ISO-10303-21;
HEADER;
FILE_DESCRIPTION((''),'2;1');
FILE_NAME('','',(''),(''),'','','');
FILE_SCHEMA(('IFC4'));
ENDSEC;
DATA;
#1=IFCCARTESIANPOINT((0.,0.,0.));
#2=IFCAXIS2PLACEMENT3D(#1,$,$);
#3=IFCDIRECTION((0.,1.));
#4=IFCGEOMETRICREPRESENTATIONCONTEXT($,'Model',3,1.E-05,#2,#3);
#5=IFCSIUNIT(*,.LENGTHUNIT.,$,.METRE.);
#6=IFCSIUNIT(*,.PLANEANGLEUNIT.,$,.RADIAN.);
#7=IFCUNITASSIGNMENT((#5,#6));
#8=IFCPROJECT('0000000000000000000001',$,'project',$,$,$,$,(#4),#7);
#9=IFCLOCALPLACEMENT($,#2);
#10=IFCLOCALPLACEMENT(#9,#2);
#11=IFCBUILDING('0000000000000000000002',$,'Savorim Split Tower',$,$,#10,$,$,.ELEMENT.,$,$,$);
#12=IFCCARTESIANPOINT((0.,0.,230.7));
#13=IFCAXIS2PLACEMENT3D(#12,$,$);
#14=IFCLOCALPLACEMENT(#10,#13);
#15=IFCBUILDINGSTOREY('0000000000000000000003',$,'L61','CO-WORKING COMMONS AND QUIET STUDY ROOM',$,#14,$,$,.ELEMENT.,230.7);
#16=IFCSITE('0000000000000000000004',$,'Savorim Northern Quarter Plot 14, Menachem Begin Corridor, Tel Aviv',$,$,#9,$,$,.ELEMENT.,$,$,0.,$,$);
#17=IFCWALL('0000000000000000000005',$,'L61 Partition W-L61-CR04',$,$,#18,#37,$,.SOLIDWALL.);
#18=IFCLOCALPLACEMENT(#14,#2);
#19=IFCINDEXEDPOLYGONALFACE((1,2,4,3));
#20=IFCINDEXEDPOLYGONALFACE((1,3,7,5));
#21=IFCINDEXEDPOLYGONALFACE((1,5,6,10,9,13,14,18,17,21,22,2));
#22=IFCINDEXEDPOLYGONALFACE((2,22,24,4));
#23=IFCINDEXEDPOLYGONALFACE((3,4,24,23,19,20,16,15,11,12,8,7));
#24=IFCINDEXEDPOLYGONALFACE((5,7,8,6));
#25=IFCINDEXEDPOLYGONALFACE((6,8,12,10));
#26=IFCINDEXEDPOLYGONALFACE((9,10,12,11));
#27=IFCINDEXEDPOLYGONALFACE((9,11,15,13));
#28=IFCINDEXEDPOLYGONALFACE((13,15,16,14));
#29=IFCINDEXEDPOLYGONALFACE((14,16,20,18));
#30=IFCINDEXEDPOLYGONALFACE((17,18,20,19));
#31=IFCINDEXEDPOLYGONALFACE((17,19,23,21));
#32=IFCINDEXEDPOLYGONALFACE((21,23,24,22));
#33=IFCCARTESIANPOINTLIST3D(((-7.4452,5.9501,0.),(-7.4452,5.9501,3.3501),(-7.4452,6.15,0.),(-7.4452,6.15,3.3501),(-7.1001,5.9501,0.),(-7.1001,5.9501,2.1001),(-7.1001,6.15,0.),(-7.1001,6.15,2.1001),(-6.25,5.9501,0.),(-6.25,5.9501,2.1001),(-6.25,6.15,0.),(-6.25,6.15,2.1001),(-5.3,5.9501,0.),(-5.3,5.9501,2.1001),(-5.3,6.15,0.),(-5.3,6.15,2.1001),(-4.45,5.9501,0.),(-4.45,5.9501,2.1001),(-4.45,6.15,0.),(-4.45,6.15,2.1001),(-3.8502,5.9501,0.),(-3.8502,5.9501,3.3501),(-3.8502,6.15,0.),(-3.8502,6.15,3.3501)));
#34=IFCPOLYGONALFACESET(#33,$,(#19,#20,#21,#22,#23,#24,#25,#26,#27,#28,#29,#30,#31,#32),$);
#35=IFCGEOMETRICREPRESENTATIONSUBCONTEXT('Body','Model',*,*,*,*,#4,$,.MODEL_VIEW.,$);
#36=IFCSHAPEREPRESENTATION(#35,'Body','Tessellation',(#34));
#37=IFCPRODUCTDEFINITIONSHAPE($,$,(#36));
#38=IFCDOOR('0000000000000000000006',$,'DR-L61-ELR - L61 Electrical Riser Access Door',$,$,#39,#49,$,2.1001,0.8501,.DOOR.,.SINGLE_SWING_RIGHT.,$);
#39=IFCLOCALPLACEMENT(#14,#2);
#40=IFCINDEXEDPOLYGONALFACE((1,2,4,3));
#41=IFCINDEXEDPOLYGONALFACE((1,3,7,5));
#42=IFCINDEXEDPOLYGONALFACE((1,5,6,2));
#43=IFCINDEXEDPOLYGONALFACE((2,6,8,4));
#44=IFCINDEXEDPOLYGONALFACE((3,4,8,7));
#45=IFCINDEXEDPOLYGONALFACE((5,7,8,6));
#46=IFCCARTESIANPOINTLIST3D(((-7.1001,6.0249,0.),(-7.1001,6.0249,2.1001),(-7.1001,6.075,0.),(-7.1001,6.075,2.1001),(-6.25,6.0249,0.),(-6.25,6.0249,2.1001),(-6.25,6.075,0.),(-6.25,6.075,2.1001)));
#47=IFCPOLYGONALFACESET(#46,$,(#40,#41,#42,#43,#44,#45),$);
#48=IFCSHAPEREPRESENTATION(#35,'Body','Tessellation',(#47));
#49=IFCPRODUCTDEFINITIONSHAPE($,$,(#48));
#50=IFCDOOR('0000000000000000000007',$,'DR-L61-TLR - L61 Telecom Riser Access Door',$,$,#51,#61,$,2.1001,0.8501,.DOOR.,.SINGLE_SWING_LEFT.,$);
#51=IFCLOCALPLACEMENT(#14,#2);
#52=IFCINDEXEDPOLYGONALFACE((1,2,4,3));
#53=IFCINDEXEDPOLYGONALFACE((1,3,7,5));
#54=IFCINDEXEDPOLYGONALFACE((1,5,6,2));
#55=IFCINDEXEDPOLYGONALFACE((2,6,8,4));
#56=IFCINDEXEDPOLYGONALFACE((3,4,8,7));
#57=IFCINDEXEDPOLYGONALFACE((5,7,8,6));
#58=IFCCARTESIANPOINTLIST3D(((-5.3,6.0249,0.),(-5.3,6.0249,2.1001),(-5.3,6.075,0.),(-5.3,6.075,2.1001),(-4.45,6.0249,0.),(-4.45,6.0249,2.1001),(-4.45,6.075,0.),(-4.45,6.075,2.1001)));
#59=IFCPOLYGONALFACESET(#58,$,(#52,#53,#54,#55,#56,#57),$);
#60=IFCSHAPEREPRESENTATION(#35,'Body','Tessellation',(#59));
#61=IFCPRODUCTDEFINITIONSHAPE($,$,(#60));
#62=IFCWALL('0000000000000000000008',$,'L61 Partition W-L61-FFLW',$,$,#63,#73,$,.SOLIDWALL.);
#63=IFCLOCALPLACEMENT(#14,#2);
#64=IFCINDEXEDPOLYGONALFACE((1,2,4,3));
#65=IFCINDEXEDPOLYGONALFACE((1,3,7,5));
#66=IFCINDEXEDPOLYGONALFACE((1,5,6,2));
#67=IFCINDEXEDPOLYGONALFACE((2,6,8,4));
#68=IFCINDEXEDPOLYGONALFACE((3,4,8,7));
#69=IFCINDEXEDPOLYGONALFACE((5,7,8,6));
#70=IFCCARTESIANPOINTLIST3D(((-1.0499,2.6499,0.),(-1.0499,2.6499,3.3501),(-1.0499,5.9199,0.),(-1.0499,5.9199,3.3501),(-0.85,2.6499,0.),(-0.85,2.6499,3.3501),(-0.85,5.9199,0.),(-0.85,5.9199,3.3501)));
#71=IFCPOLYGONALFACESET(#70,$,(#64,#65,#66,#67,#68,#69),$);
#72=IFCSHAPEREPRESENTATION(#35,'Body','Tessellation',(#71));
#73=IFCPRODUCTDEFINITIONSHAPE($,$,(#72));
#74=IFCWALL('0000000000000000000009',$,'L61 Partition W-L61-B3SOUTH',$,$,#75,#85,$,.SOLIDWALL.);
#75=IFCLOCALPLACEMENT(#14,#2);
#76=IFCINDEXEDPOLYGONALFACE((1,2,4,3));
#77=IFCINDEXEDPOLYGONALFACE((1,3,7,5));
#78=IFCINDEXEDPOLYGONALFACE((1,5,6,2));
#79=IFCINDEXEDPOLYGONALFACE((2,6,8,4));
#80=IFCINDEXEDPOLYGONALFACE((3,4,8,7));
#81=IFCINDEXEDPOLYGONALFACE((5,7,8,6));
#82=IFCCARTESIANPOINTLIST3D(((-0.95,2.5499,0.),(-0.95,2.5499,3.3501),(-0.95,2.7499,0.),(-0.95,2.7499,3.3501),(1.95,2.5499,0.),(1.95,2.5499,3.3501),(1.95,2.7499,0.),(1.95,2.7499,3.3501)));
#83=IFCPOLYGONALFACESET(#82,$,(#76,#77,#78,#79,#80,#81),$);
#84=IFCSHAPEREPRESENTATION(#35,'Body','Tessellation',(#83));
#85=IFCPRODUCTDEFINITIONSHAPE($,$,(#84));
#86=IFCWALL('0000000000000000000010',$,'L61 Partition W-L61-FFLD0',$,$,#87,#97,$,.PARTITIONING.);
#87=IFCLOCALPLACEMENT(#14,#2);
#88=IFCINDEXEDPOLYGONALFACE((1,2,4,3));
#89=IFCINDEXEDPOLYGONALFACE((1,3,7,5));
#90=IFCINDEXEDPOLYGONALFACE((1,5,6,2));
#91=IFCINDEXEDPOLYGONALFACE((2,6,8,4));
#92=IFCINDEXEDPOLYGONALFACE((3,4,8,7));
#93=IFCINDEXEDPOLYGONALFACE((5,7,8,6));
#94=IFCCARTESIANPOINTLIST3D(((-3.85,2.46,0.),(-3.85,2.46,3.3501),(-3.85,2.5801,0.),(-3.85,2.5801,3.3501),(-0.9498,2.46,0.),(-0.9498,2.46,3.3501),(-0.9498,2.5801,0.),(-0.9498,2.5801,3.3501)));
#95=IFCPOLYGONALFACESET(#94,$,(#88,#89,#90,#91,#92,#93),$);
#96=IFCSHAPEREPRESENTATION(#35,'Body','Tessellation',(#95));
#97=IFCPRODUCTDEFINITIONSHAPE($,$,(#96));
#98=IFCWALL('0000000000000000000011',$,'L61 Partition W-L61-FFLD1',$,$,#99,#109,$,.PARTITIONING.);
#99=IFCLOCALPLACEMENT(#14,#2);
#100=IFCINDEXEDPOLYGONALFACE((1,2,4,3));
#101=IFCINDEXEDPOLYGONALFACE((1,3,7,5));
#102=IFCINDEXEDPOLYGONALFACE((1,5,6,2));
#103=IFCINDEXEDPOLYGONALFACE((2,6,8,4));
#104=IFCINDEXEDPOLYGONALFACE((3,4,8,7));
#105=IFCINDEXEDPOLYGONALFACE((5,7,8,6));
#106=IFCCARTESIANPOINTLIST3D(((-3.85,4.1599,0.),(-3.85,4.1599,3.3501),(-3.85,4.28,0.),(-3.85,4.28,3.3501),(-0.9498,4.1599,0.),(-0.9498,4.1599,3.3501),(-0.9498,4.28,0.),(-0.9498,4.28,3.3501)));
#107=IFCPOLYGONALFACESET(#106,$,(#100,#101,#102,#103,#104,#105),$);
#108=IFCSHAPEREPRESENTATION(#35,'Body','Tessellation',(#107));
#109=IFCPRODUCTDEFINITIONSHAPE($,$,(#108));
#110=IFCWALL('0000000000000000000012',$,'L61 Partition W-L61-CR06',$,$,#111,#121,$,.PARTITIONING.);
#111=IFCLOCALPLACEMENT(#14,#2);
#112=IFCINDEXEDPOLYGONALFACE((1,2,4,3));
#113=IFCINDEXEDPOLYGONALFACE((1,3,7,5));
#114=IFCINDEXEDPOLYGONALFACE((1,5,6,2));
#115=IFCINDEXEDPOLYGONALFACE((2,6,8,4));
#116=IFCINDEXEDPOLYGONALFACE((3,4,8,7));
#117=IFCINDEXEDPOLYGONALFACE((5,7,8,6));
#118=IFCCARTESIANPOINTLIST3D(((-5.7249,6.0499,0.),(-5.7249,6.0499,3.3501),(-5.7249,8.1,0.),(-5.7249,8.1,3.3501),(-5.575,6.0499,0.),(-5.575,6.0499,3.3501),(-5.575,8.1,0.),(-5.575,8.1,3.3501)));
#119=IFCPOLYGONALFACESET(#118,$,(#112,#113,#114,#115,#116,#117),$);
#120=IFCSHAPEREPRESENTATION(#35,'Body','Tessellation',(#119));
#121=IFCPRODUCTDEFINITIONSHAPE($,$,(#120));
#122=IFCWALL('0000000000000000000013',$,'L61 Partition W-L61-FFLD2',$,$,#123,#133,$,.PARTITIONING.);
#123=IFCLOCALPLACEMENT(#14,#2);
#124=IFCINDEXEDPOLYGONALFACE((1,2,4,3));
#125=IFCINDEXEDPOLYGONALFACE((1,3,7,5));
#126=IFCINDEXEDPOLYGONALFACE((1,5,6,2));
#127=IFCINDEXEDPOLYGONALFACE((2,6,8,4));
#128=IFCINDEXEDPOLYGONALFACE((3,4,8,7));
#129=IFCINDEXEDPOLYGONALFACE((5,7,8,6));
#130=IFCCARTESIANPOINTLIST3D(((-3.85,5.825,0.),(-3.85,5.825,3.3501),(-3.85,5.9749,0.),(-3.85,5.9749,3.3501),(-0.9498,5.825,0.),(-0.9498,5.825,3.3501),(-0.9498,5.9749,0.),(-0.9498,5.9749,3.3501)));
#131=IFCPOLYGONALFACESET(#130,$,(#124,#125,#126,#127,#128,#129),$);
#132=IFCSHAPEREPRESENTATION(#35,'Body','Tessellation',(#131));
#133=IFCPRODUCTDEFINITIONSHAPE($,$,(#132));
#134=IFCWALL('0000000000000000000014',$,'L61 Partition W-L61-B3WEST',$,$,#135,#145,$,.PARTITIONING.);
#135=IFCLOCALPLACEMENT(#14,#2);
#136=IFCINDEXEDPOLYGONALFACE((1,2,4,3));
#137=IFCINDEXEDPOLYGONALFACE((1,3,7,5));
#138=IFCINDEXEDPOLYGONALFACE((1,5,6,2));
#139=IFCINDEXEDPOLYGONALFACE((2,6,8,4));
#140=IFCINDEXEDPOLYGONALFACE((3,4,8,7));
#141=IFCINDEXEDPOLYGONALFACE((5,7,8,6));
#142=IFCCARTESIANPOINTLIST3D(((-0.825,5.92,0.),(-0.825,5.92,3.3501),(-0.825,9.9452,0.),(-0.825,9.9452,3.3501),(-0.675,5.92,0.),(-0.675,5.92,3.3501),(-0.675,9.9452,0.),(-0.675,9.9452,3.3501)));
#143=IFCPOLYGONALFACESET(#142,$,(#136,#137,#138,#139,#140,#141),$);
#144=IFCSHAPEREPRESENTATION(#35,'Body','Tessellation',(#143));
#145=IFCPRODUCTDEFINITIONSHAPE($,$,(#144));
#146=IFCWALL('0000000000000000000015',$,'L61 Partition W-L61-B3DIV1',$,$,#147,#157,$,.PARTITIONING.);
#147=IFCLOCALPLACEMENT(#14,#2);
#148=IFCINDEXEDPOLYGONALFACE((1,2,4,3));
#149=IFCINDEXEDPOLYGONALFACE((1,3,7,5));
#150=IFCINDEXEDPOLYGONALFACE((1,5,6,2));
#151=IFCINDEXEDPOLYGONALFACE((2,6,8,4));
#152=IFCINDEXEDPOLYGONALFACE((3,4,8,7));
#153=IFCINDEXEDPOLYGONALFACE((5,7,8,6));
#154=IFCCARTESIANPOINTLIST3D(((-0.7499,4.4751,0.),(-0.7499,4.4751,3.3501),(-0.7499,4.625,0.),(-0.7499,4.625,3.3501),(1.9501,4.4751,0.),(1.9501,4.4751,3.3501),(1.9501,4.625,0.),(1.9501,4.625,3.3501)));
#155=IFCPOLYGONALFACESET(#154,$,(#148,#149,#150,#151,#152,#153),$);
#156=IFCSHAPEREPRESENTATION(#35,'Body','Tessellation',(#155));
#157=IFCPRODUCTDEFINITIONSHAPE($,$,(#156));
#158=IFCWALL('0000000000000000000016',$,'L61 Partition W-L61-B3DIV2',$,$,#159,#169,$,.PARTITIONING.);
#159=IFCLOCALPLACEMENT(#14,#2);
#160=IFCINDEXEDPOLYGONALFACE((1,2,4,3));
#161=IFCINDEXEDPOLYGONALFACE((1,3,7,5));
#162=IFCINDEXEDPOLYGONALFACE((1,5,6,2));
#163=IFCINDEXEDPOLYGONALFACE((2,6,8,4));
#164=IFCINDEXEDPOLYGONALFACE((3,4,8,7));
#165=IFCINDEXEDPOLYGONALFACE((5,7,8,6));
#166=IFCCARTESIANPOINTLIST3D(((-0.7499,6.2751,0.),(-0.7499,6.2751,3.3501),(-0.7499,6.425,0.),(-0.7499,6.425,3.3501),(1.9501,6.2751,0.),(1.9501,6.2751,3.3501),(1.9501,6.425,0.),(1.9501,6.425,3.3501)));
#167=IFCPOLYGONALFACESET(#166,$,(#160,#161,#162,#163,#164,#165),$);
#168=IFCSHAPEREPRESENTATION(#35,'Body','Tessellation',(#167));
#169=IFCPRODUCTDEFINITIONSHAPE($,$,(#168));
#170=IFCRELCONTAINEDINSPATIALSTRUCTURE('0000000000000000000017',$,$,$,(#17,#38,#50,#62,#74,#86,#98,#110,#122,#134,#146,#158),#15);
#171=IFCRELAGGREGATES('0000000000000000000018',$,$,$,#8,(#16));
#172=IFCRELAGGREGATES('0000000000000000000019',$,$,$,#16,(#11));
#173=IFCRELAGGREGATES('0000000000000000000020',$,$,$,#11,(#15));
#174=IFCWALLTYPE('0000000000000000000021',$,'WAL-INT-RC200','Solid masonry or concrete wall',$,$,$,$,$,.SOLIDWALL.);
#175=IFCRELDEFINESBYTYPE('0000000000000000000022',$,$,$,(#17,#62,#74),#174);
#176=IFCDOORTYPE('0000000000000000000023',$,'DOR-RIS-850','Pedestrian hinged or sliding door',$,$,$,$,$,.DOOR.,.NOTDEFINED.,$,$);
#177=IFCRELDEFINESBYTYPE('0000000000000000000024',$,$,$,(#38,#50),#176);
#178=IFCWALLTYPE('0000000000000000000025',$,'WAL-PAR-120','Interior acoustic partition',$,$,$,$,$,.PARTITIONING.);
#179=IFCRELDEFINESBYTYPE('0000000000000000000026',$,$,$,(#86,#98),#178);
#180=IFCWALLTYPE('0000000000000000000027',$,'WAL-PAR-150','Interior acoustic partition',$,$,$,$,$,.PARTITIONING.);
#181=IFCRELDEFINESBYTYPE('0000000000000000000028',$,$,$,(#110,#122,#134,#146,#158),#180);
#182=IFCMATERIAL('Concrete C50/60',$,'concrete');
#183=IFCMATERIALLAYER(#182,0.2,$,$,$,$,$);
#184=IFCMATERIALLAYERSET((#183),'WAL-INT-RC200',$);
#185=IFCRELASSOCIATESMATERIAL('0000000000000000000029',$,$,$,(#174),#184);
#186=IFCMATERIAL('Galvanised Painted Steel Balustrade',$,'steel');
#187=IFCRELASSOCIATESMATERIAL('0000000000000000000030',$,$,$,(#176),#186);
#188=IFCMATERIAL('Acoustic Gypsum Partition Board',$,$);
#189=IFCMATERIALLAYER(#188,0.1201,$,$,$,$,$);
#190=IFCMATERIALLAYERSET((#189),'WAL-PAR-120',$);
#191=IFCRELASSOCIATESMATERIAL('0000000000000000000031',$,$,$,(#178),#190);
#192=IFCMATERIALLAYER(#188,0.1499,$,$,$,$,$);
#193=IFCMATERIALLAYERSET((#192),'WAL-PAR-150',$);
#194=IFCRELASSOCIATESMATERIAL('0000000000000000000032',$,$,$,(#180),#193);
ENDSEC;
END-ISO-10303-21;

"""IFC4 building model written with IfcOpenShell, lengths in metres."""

from ifc_helpers import new_model, si_unit, direction, frame, frame_2d, origin, place, context, subcontext, project, spatial, rectangle, extrude, material, layer, layer_set, type_object, element, fill, save


model = new_model("IFC4")

# Units and contexts
model_context = context("Model", 3, precision=1e-05, world=origin(), true_north=direction((0.0, 1.0)))
body_context = subcontext(model_context, "Body", "Model", "MODEL_VIEW")
ifc_project = project(units=[si_unit("LENGTHUNIT", "METRE"), si_unit("PLANEANGLEUNIT", "RADIAN")], contexts=[model_context])

# Site, building, storey
site_placement = place(None, origin())
site = spatial("IfcSite", under=ifc_project, at=site_placement, Name="Savorim Northern Quarter Plot 14, Menachem Begin Corridor, Tel Aviv", CompositionType="ELEMENT", RefElevation=0.0)
building_placement = place(site_placement, origin())
building = spatial("IfcBuilding", under=site, at=building_placement, Name="Savorim Split Tower", CompositionType="ELEMENT")
storey_placement = place(building_placement, frame((0.0, 0.0, 230.7)))
storey = spatial("IfcBuildingStorey", under=building, at=storey_placement, Name="L61", Description="CO-WORKING COMMONS AND QUIET STUDY ROOM", CompositionType="ELEMENT", Elevation=230.7)

# Shared definitions
ifc_material_1 = material(Name="Concrete C50/60", Category="concrete")
ifc_layer_1 = layer(ifc_material_1, 0.2)
ifc_layer_set_1 = layer_set([ifc_layer_1], Name="WAL-INT-RC200")
wall_type_1 = type_object("IfcWallType", Name="WAL-INT-RC200", Description="Solid masonry or concrete wall", PredefinedType="SOLIDWALL", material=ifc_layer_set_1)

# Wall, openings, doors
wall_1_placement = place(storey_placement, frame((-7.4451, 6.05, 0.0), z_axis=(0.0, 0.0, 1.0), x_axis=(1.0, 0.0, 0.0)))
wall_1 = element("IfcWall", 1, at=wall_1_placement, inside=storey, type_object=wall_type_1, Name="L61 Partition W-L61-CR04", PredefinedType="SOLIDWALL", context=body_context, shape_type="SweptSolid", body=[
    extrude(rectangle(XDim=3.595, YDim=0.2, at=frame_2d((1.7974, 0.0))), origin(), (0.0, 0.0, 1.0), 3.3501),
])
opening_1_placement = place(wall_1_placement, frame((0.345, 0.0, 0.0)))
opening_1 = element("IfcOpeningElement", 2, at=opening_1_placement, cuts=wall_1, PredefinedType="OPENING", context=body_context, shape_type="SweptSolid", body=[
    extrude(rectangle(XDim=0.8501, YDim=2.1001, at=frame_2d((0.425, 1.05))), frame((0.0, 0.1099, 0.0), z_axis=(0.0, -1.0, 0.0), x_axis=(1.0, 0.0, 0.0)), (0.0, 0.0, 1.0), 0.22),
])
opening_2_placement = place(wall_1_placement, frame((2.145, 0.0, 0.0)))
opening_2 = element("IfcOpeningElement", 3, at=opening_2_placement, cuts=wall_1, PredefinedType="OPENING", context=body_context, shape_type="SweptSolid", body=[
    extrude(rectangle(XDim=0.8501, YDim=2.1001, at=frame_2d((0.425, 1.05))), frame((0.0, 0.1099, 0.0), z_axis=(0.0, -1.0, 0.0), x_axis=(1.0, 0.0, 0.0)), (0.0, 0.0, 1.0), 0.22),
])
ifc_material_2 = material(Name="Galvanised Painted Steel Balustrade", Category="steel")
door_type_1 = type_object("IfcDoorType", Name="DOR-RIS-850", Description="Pedestrian hinged or sliding door", OperationType="NOTDEFINED", PredefinedType="DOOR", material=ifc_material_2)
door_1_placement = place(opening_1_placement, origin())
door_1 = element("IfcDoor", 4, at=door_1_placement, inside=storey, type_object=door_type_1, Name="DR-L61-ELR - L61 Electrical Riser Access Door", OperationType="SINGLE_SWING_RIGHT", OverallHeight=2.1001, OverallWidth=0.8501, PredefinedType="DOOR", context=body_context, shape_type="SweptSolid", body=[
    extrude(rectangle(XDim=0.8501, YDim=2.1001, at=frame_2d((0.425, 1.05))), frame((0.0, 0.0249, 0.0), z_axis=(0.0, -1.0, 0.0), x_axis=(1.0, 0.0, 0.0)), (0.0, 0.0, 1.0), 0.05),
])
fill(opening_1, door_1)
door_2_placement = place(opening_2_placement, origin())
door_2 = element("IfcDoor", 5, at=door_2_placement, inside=storey, type_object=door_type_1, Name="DR-L61-TLR - L61 Telecom Riser Access Door", OperationType="SINGLE_SWING_LEFT", OverallHeight=2.1001, OverallWidth=0.8501, PredefinedType="DOOR", context=body_context, shape_type="SweptSolid", body=[
    extrude(rectangle(XDim=0.8501, YDim=2.1001, at=frame_2d((0.425, 1.05))), frame((0.0, 0.0249, 0.0), z_axis=(0.0, -1.0, 0.0), x_axis=(1.0, 0.0, 0.0)), (0.0, 0.0, 1.0), 0.05),
])
fill(opening_2, door_2)

# Walls
wall_2_placement = place(storey_placement, frame((-0.95, 2.6499, 0.0), z_axis=(0.0, 0.0, 1.0), x_axis=(0.0, 1.0, 0.0)))
element("IfcWall", 6, at=wall_2_placement, inside=storey, type_object=wall_type_1, Name="L61 Partition W-L61-FFLW", PredefinedType="SOLIDWALL", context=body_context, shape_type="SweptSolid", body=[
    extrude(rectangle(XDim=3.27, YDim=0.2, at=frame_2d((1.635, 0.0))), origin(), (0.0, 0.0, 1.0), 3.3501),
])
wall_3_placement = place(storey_placement, frame((-0.95, 2.6499, 0.0), z_axis=(0.0, 0.0, 1.0), x_axis=(1.0, 0.0, 0.0)))
element("IfcWall", 7, at=wall_3_placement, inside=storey, type_object=wall_type_1, Name="L61 Partition W-L61-B3SOUTH", PredefinedType="SOLIDWALL", context=body_context, shape_type="SweptSolid", body=[
    extrude(rectangle(XDim=2.8999, YDim=0.2, at=frame_2d((1.45, 0.0))), origin(), (0.0, 0.0, 1.0), 3.3501),
])
ifc_material_3 = material(Name="Acoustic Gypsum Partition Board")
ifc_layer_2 = layer(ifc_material_3, 0.1201)
ifc_layer_set_2 = layer_set([ifc_layer_2], Name="WAL-PAR-120")
wall_type_2 = type_object("IfcWallType", Name="WAL-PAR-120", Description="Interior acoustic partition", PredefinedType="PARTITIONING", material=ifc_layer_set_2)
for number, where, z_axis, x_axis, name in (
    (8, (-3.8501, 2.52, 0.0), (0.0, 0.0, 1.0), (1.0, 0.0, 0.0), "L61 Partition W-L61-FFLD0"),
    (9, (-3.8501, 4.22, 0.0), (0.0, 0.0, 1.0), (1.0, 0.0, 0.0), "L61 Partition W-L61-FFLD1"),
):
    element("IfcWall", number, at=place(storey_placement, frame(where, z_axis=z_axis, x_axis=x_axis)), inside=storey, type_object=wall_type_2, Name=name, PredefinedType="PARTITIONING", context=body_context, shape_type="SweptSolid", body=[
        extrude(rectangle(XDim=2.9001, YDim=0.1201, at=frame_2d((1.4502, 0.0))), origin(), (0.0, 0.0, 1.0), 3.3501),
    ])
ifc_layer_3 = layer(ifc_material_3, 0.1499)
ifc_layer_set_3 = layer_set([ifc_layer_3], Name="WAL-PAR-150")
wall_type_3 = type_object("IfcWallType", Name="WAL-PAR-150", Description="Interior acoustic partition", PredefinedType="PARTITIONING", material=ifc_layer_set_3)
wall_4_placement = place(storey_placement, frame((-5.6499, 6.05, 0.0), z_axis=(0.0, 0.0, 1.0), x_axis=(0.0, 1.0, 0.0)))
element("IfcWall", 10, at=wall_4_placement, inside=storey, type_object=wall_type_3, Name="L61 Partition W-L61-CR06", PredefinedType="PARTITIONING", context=body_context, shape_type="SweptSolid", body=[
    extrude(rectangle(XDim=2.05, YDim=0.1499, at=frame_2d((1.0249, 0.0))), origin(), (0.0, 0.0, 1.0), 3.3501),
])
wall_5_placement = place(storey_placement, frame((-3.8501, 5.8999, 0.0), z_axis=(0.0, 0.0, 1.0), x_axis=(1.0, 0.0, 0.0)))
element("IfcWall", 11, at=wall_5_placement, inside=storey, type_object=wall_type_3, Name="L61 Partition W-L61-FFLD2", PredefinedType="PARTITIONING", context=body_context, shape_type="SweptSolid", body=[
    extrude(rectangle(XDim=2.9001, YDim=0.1499, at=frame_2d((1.4502, 0.0))), origin(), (0.0, 0.0, 1.0), 3.3501),
])
wall_6_placement = place(storey_placement, frame((-0.75, 5.9199, 0.0), z_axis=(0.0, 0.0, 1.0), x_axis=(0.0, 1.0, 0.0)))
element("IfcWall", 12, at=wall_6_placement, inside=storey, type_object=wall_type_3, Name="L61 Partition W-L61-B3WEST", PredefinedType="PARTITIONING", context=body_context, shape_type="SweptSolid", body=[
    extrude(rectangle(XDim=4.0251, YDim=0.1499, at=frame_2d((2.0127, 0.0))), origin(), (0.0, 0.0, 1.0), 3.3501),
])
for number, where, z_axis, x_axis, name in (
    (13, (-0.75, 4.55, 0.0), (0.0, 0.0, 1.0), (1.0, 0.0, 0.0), "L61 Partition W-L61-B3DIV1"),
    (14, (-0.75, 6.3501, 0.0), (0.0, 0.0, 1.0), (1.0, 0.0, 0.0), "L61 Partition W-L61-B3DIV2"),
):
    element("IfcWall", number, at=place(storey_placement, frame(where, z_axis=z_axis, x_axis=x_axis)), inside=storey, type_object=wall_type_3, Name=name, PredefinedType="PARTITIONING", context=body_context, shape_type="SweptSolid", body=[
        extrude(rectangle(XDim=2.7, YDim=0.1499, at=frame_2d((1.3501, 0.0))), origin(), (0.0, 0.0, 1.0), 3.3501),
    ])

save(model, "model.ifc")
